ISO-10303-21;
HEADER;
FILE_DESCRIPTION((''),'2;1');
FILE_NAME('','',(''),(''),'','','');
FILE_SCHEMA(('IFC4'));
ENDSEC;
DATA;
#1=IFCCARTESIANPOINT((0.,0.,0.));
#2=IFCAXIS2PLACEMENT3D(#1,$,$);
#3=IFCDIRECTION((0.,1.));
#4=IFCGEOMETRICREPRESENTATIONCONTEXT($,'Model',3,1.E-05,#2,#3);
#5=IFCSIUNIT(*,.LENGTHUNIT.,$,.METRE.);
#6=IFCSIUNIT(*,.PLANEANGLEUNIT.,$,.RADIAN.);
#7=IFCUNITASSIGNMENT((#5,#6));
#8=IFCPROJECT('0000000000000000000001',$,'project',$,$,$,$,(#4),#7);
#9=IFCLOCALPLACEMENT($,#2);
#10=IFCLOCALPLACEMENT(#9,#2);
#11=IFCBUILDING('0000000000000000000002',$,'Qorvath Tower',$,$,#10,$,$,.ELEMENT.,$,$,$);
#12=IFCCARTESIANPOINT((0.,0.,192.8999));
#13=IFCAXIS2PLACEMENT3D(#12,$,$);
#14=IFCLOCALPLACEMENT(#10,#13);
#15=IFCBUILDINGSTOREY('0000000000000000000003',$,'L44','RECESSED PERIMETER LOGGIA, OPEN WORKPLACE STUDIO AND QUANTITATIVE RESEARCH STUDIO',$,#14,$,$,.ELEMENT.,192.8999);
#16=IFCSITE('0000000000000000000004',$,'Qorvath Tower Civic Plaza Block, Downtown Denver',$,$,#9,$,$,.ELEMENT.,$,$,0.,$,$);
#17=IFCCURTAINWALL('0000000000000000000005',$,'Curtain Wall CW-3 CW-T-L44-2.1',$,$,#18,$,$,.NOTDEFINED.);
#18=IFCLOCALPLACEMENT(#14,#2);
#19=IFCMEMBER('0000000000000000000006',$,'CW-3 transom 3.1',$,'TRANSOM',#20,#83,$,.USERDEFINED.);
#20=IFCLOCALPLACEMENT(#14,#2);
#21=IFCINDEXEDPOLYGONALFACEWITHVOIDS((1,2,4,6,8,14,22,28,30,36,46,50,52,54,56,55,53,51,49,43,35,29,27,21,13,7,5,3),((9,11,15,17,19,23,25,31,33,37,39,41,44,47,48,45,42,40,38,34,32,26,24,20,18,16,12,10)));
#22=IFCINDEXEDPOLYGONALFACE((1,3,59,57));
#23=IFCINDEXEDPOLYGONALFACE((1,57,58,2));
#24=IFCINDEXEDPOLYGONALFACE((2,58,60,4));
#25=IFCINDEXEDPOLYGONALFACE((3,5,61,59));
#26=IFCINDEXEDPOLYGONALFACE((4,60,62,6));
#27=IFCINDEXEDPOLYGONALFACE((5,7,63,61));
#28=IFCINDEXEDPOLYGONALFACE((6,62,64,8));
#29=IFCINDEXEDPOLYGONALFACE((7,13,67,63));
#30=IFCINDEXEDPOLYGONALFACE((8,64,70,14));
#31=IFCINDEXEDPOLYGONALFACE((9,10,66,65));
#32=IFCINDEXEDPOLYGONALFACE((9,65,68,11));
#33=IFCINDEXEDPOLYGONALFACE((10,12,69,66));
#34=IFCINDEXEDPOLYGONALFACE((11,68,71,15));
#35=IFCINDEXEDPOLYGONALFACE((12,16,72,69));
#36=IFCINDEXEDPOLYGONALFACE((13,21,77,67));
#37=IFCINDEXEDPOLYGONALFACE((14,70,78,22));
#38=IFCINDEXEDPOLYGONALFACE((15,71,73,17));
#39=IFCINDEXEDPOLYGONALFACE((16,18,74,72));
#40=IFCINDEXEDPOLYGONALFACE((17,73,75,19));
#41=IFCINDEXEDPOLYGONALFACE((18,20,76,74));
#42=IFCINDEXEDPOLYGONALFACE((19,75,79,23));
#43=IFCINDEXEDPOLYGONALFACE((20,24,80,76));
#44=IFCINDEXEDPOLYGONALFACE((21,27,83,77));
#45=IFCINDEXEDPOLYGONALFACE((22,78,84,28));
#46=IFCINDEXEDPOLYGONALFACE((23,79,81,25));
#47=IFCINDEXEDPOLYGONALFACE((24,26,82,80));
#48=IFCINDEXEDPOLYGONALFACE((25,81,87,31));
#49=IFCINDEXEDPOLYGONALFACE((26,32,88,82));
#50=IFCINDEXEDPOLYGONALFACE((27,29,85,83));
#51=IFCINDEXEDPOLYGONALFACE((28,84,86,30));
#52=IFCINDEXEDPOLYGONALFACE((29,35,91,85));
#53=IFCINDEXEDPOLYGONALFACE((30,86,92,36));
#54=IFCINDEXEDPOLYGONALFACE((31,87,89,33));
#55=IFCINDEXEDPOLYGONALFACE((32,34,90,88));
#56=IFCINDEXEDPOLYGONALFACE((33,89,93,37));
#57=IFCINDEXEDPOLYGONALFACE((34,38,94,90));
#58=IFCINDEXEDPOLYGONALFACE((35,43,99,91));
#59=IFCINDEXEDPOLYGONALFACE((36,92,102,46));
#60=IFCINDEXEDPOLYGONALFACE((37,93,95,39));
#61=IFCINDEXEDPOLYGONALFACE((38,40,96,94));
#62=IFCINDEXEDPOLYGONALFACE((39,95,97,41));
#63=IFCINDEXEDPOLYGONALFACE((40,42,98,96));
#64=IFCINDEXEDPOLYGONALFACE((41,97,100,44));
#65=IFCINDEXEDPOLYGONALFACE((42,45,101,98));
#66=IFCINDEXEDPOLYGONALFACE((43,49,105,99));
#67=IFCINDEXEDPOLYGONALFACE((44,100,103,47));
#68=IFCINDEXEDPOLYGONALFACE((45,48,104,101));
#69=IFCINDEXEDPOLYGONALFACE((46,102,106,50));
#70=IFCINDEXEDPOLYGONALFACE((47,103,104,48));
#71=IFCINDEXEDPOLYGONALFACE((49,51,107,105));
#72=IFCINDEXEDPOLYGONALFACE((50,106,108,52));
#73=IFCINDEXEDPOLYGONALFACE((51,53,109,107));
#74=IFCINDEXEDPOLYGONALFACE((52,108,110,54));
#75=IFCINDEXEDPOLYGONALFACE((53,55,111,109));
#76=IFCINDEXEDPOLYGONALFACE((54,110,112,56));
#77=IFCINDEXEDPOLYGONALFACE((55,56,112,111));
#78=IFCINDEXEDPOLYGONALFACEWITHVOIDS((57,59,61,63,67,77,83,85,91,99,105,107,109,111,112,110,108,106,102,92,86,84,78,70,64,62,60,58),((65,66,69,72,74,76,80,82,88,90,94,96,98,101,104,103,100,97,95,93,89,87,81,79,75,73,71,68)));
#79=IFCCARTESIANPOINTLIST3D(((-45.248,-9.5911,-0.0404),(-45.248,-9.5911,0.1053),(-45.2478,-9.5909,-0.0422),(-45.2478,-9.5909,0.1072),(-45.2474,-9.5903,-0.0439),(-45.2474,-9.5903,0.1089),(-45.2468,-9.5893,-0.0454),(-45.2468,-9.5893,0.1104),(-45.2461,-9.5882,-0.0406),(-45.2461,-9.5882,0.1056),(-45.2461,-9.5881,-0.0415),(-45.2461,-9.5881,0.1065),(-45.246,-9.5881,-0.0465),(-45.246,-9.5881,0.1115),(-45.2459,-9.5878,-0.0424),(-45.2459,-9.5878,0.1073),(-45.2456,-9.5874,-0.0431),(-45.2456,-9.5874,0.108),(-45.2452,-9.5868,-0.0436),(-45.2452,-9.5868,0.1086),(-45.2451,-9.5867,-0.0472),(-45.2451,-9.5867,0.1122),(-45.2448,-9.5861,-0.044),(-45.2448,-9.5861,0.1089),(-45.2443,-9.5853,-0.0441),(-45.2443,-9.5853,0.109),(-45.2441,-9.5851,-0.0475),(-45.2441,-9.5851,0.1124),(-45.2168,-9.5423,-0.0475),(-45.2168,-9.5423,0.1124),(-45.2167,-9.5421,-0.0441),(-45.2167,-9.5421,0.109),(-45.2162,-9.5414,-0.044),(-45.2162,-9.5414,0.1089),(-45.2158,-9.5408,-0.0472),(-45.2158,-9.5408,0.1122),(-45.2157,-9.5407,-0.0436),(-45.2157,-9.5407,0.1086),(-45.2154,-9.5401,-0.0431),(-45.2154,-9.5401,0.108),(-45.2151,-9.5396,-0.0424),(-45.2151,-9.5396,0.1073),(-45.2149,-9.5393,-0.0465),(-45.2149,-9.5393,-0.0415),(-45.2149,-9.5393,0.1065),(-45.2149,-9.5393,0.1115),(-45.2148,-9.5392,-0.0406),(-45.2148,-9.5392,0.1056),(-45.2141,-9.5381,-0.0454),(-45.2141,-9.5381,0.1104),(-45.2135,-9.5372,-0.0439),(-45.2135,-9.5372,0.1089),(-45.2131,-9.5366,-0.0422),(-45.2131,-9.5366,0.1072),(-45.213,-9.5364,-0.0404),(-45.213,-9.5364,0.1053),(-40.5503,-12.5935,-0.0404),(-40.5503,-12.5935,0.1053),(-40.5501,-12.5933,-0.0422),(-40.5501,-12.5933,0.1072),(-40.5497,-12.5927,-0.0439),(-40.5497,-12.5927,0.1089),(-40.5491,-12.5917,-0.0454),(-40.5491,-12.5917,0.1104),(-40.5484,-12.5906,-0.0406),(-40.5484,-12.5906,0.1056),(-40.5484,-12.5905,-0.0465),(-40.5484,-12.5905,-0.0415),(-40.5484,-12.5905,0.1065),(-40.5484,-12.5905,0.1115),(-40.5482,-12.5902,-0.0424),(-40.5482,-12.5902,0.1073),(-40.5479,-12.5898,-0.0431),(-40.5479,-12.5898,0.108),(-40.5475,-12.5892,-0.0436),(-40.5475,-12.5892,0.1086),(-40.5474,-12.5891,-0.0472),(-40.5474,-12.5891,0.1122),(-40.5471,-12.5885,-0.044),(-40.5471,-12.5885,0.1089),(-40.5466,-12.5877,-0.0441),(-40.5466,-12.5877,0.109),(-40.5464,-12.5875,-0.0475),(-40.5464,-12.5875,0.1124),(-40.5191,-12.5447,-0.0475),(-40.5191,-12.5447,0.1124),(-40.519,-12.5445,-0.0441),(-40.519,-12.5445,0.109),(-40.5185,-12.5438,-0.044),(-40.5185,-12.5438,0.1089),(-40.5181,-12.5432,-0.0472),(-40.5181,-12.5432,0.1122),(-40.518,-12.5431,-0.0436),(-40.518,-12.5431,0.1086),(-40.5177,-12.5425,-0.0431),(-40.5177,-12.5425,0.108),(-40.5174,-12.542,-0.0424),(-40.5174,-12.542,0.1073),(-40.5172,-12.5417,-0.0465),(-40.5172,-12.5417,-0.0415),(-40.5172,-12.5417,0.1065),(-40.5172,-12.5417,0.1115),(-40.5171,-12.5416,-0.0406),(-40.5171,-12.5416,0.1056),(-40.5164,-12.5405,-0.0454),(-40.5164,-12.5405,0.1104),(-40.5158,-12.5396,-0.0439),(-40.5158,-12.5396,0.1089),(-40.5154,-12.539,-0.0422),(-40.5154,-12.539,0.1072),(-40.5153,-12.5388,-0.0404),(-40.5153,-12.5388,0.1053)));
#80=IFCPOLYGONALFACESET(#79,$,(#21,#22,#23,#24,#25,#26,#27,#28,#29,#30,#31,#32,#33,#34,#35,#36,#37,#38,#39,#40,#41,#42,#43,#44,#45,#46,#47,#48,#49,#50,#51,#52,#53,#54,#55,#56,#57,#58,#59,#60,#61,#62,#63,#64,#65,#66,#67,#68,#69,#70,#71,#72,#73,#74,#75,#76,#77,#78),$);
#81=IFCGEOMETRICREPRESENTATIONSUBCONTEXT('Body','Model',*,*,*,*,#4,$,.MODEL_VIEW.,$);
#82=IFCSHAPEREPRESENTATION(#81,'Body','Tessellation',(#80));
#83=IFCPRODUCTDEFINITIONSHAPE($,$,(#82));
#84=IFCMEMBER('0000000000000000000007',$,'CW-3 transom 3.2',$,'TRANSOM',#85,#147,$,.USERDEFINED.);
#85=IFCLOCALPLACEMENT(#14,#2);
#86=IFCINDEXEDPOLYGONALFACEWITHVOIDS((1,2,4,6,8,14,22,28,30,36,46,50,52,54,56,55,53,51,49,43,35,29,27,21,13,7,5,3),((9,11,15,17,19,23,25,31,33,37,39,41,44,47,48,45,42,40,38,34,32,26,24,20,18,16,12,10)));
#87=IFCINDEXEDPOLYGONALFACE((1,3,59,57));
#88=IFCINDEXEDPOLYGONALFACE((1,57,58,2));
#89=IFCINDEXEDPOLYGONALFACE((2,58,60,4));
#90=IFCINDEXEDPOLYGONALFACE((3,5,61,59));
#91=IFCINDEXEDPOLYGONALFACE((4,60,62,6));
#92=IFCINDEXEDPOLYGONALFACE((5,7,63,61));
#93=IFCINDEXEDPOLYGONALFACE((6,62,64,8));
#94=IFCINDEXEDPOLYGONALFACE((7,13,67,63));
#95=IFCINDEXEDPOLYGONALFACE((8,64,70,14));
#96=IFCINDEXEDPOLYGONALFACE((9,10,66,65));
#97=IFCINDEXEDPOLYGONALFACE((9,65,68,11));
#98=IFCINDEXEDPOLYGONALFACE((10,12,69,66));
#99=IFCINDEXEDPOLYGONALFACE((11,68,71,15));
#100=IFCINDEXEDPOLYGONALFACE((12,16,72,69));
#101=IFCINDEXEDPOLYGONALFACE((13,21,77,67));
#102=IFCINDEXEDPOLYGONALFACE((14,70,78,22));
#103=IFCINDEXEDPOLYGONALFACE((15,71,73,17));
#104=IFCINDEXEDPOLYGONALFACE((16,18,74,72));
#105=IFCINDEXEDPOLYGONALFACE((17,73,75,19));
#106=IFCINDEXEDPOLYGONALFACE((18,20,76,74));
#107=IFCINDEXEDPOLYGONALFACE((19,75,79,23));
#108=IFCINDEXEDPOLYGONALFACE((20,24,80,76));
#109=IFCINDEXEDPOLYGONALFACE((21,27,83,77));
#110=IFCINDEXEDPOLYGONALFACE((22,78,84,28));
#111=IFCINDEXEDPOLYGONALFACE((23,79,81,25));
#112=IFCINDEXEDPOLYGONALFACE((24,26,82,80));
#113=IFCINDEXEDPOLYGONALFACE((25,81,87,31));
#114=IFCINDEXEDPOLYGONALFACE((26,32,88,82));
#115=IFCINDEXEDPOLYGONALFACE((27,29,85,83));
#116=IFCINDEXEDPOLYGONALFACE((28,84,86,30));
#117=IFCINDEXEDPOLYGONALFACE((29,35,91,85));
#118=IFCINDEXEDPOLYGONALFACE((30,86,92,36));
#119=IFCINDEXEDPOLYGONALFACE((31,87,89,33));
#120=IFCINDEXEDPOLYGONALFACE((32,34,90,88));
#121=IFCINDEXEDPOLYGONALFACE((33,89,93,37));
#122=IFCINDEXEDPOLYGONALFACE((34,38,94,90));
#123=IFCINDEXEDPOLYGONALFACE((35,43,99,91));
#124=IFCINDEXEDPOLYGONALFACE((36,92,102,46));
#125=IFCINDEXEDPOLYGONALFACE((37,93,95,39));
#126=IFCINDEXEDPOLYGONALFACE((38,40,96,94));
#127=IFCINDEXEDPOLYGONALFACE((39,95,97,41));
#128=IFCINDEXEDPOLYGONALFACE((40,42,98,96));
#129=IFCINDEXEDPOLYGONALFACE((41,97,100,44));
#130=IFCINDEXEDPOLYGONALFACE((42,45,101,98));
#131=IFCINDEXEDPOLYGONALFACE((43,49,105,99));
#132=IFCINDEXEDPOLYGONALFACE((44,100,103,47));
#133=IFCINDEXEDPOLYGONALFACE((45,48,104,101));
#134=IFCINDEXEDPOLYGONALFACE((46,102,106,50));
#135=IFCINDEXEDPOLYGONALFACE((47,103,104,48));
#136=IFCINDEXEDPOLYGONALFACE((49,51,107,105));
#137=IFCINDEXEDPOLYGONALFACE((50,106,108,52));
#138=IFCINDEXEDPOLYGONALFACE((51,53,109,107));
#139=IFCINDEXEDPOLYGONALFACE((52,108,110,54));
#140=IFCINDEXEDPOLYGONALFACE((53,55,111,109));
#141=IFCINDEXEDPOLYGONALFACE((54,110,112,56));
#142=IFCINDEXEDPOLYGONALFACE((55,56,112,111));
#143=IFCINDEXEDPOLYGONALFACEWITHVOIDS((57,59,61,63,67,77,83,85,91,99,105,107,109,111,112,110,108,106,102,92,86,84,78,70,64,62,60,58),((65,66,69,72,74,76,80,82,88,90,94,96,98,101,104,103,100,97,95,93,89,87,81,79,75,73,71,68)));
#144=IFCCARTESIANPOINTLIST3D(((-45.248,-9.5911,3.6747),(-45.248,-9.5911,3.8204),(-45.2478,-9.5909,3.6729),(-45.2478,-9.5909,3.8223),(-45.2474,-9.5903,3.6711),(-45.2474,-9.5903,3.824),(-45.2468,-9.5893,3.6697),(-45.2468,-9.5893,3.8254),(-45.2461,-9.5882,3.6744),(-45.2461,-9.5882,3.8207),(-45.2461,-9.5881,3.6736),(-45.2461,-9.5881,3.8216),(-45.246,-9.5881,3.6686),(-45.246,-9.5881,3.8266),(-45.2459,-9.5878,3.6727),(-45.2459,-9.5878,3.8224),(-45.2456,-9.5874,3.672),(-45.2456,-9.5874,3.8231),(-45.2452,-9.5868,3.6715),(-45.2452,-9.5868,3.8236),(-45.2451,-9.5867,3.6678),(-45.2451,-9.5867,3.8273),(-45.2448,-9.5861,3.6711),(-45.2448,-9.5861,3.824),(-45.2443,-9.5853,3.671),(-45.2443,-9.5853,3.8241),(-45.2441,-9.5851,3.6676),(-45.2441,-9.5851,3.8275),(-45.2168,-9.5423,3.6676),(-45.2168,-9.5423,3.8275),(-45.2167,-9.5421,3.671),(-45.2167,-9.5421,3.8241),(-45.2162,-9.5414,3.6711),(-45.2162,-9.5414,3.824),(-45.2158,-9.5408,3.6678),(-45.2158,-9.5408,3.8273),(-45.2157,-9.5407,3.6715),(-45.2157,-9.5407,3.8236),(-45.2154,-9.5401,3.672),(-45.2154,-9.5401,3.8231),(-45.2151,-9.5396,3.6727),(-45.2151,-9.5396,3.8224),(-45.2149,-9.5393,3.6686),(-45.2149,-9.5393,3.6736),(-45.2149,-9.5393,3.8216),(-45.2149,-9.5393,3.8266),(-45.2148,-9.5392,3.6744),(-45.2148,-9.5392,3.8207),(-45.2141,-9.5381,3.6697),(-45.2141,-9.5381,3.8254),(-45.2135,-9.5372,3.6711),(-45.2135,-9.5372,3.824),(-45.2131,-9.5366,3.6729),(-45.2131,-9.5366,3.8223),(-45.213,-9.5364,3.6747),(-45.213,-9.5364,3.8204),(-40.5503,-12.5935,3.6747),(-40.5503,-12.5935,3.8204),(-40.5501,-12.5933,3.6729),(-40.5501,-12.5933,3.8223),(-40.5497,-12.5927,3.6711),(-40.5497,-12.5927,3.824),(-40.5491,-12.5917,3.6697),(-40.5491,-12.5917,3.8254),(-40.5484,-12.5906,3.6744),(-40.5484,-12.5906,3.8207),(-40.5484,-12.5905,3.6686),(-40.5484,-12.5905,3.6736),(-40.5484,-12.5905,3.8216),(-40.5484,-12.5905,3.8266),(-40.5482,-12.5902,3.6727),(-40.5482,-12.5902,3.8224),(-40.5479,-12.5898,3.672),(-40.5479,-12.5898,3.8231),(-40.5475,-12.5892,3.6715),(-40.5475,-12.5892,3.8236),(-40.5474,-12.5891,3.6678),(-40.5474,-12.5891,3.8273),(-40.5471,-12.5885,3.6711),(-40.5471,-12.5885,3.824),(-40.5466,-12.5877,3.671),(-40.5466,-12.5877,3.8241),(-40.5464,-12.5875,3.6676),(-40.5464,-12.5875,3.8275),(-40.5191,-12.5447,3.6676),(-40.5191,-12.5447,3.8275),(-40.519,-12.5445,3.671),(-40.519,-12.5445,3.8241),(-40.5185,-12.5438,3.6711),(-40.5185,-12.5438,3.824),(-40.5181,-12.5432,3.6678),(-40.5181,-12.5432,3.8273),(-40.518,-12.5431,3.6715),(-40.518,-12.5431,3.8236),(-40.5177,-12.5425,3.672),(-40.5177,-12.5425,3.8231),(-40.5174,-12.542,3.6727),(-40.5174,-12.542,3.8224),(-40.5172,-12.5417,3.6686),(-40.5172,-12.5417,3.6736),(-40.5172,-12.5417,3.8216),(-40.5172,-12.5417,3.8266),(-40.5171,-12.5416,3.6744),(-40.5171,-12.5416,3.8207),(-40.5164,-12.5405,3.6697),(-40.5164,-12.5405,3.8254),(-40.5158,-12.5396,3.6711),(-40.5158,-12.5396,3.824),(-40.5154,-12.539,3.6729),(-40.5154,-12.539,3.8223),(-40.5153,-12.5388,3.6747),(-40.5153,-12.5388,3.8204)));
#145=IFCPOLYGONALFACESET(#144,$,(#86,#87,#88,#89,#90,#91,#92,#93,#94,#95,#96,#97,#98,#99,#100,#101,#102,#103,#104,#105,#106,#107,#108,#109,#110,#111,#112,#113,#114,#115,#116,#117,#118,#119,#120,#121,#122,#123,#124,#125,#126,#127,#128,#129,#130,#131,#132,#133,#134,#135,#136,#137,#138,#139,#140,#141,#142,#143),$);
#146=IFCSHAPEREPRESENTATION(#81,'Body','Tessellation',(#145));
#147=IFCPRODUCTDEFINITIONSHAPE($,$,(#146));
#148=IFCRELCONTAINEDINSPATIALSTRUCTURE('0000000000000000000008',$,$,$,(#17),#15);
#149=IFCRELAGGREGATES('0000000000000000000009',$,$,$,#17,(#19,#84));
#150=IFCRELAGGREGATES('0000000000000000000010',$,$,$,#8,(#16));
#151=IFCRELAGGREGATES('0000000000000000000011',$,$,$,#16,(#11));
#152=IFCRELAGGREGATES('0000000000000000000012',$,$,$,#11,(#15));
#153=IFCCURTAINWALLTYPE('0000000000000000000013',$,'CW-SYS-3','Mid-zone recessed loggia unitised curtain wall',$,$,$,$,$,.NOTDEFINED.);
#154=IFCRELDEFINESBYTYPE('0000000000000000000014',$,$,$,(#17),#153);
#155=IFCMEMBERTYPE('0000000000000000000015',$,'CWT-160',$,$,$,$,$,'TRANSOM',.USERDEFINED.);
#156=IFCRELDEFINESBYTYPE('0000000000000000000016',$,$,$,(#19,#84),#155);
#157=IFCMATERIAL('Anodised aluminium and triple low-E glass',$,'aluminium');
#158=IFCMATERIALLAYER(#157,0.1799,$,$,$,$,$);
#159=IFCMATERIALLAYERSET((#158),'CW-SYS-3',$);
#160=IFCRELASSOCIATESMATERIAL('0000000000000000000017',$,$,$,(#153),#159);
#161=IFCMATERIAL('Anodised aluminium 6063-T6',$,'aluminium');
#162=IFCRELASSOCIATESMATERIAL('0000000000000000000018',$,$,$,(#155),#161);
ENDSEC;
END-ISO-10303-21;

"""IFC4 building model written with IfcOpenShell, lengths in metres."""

from ifc_helpers import new_model, si_unit, direction, frame, origin, origin_2d, place, context, subcontext, project, spatial, hollow_rectangle, extrude, material, layer, layer_set, material_profile, profile_set, type_object, element, aggregate, save


model = new_model("IFC4")

# Units and contexts
model_context = context("Model", 3, precision=1e-05, world=origin(), true_north=direction((0.0, 1.0)))
body_context = subcontext(model_context, "Body", "Model", "MODEL_VIEW")
ifc_project = project(units=[si_unit("LENGTHUNIT", "METRE"), si_unit("PLANEANGLEUNIT", "RADIAN")], contexts=[model_context])

# Site, building, storey
site_placement = place(None, origin())
site = spatial("IfcSite", under=ifc_project, at=site_placement, Name="Qorvath Tower Civic Plaza Block, Downtown Denver", CompositionType="ELEMENT", RefElevation=0.0)
building_placement = place(site_placement, origin())
building = spatial("IfcBuilding", under=site, at=building_placement, Name="Qorvath Tower", CompositionType="ELEMENT")
storey_placement = place(building_placement, frame((0.0, 0.0, 192.8999)))
storey = spatial("IfcBuildingStorey", under=building, at=storey_placement, Name="L44", Description="RECESSED PERIMETER LOGGIA, OPEN WORKPLACE STUDIO AND QUANTITATIVE RESEARCH STUDIO", CompositionType="ELEMENT", Elevation=192.8999)

# Curtain wall, members
ifc_material_1 = material(Name="Anodised aluminium and triple low-E glass", Category="aluminium")
ifc_layer_1 = layer(ifc_material_1, 0.1799)
ifc_layer_set_1 = layer_set([ifc_layer_1], Name="CW-SYS-3")
curtain_wall_type = type_object("IfcCurtainWallType", Name="CW-SYS-3", Description="Mid-zone recessed loggia unitised curtain wall", PredefinedType="NOTDEFINED", material=ifc_layer_set_1)
curtain_wall_placement = place(storey_placement, origin())
curtain_wall = element("IfcCurtainWall", 1, at=curtain_wall_placement, inside=storey, type_object=curtain_wall_type, Name="Curtain Wall CW-3 CW-T-L44-2.1", PredefinedType="NOTDEFINED")
ifc_material_2 = material(Name="Anodised aluminium 6063-T6", Category="aluminium")
ifc_material_profile_1 = material_profile(ifc_material_2, hollow_rectangle(XDim=0.0649, YDim=0.1599, WallThickness=0.0034, InnerFilletRadius=0.0034, OuterFilletRadius=0.0071, at=origin_2d()), Name="CWT 160x65")
ifc_profile_set_1 = profile_set([ifc_material_profile_1], Name="Anodised aluminium 6063-T6")
member_type_1 = type_object("IfcMemberType", Name="CWT-160", ElementType="TRANSOM", PredefinedType="USERDEFINED", material=ifc_profile_set_1)
member_1_placement = place(storey_placement, frame((-45.2305, -9.5637, 0.0325), z_axis=(0.842607, -0.538529, 0.0), x_axis=(0.538529, 0.842607, 0.0)))
member_1 = element("IfcMember", 2, at=member_1_placement, type_object=member_type_1, Name="CW-3 transom 3.1", ObjectType="TRANSOM", PredefinedType="USERDEFINED", context=body_context, shape_type="SweptSolid", body=[
    extrude(hollow_rectangle(XDim=0.0649, YDim=0.1599, WallThickness=0.0034, InnerFilletRadius=0.0034, OuterFilletRadius=0.0071, at=origin_2d()), origin(), (0.0, 0.0, 1.0), 5.5752),
])
member_2_placement = place(storey_placement, frame((-45.2305, -9.5637, 3.7476), z_axis=(0.842607, -0.538529, 0.0), x_axis=(0.538529, 0.842607, 0.0)))
member_2 = element("IfcMember", 3, at=member_2_placement, type_object=member_type_1, Name="CW-3 transom 3.2", ObjectType="TRANSOM", PredefinedType="USERDEFINED", context=body_context, shape_type="SweptSolid", body=[
    extrude(hollow_rectangle(XDim=0.0649, YDim=0.1599, WallThickness=0.0034, InnerFilletRadius=0.0034, OuterFilletRadius=0.0071, at=origin_2d()), origin(), (0.0, 0.0, 1.0), 5.5752),
])
aggregate(curtain_wall, [member_1, member_2])

save(model, "model.ifc")
